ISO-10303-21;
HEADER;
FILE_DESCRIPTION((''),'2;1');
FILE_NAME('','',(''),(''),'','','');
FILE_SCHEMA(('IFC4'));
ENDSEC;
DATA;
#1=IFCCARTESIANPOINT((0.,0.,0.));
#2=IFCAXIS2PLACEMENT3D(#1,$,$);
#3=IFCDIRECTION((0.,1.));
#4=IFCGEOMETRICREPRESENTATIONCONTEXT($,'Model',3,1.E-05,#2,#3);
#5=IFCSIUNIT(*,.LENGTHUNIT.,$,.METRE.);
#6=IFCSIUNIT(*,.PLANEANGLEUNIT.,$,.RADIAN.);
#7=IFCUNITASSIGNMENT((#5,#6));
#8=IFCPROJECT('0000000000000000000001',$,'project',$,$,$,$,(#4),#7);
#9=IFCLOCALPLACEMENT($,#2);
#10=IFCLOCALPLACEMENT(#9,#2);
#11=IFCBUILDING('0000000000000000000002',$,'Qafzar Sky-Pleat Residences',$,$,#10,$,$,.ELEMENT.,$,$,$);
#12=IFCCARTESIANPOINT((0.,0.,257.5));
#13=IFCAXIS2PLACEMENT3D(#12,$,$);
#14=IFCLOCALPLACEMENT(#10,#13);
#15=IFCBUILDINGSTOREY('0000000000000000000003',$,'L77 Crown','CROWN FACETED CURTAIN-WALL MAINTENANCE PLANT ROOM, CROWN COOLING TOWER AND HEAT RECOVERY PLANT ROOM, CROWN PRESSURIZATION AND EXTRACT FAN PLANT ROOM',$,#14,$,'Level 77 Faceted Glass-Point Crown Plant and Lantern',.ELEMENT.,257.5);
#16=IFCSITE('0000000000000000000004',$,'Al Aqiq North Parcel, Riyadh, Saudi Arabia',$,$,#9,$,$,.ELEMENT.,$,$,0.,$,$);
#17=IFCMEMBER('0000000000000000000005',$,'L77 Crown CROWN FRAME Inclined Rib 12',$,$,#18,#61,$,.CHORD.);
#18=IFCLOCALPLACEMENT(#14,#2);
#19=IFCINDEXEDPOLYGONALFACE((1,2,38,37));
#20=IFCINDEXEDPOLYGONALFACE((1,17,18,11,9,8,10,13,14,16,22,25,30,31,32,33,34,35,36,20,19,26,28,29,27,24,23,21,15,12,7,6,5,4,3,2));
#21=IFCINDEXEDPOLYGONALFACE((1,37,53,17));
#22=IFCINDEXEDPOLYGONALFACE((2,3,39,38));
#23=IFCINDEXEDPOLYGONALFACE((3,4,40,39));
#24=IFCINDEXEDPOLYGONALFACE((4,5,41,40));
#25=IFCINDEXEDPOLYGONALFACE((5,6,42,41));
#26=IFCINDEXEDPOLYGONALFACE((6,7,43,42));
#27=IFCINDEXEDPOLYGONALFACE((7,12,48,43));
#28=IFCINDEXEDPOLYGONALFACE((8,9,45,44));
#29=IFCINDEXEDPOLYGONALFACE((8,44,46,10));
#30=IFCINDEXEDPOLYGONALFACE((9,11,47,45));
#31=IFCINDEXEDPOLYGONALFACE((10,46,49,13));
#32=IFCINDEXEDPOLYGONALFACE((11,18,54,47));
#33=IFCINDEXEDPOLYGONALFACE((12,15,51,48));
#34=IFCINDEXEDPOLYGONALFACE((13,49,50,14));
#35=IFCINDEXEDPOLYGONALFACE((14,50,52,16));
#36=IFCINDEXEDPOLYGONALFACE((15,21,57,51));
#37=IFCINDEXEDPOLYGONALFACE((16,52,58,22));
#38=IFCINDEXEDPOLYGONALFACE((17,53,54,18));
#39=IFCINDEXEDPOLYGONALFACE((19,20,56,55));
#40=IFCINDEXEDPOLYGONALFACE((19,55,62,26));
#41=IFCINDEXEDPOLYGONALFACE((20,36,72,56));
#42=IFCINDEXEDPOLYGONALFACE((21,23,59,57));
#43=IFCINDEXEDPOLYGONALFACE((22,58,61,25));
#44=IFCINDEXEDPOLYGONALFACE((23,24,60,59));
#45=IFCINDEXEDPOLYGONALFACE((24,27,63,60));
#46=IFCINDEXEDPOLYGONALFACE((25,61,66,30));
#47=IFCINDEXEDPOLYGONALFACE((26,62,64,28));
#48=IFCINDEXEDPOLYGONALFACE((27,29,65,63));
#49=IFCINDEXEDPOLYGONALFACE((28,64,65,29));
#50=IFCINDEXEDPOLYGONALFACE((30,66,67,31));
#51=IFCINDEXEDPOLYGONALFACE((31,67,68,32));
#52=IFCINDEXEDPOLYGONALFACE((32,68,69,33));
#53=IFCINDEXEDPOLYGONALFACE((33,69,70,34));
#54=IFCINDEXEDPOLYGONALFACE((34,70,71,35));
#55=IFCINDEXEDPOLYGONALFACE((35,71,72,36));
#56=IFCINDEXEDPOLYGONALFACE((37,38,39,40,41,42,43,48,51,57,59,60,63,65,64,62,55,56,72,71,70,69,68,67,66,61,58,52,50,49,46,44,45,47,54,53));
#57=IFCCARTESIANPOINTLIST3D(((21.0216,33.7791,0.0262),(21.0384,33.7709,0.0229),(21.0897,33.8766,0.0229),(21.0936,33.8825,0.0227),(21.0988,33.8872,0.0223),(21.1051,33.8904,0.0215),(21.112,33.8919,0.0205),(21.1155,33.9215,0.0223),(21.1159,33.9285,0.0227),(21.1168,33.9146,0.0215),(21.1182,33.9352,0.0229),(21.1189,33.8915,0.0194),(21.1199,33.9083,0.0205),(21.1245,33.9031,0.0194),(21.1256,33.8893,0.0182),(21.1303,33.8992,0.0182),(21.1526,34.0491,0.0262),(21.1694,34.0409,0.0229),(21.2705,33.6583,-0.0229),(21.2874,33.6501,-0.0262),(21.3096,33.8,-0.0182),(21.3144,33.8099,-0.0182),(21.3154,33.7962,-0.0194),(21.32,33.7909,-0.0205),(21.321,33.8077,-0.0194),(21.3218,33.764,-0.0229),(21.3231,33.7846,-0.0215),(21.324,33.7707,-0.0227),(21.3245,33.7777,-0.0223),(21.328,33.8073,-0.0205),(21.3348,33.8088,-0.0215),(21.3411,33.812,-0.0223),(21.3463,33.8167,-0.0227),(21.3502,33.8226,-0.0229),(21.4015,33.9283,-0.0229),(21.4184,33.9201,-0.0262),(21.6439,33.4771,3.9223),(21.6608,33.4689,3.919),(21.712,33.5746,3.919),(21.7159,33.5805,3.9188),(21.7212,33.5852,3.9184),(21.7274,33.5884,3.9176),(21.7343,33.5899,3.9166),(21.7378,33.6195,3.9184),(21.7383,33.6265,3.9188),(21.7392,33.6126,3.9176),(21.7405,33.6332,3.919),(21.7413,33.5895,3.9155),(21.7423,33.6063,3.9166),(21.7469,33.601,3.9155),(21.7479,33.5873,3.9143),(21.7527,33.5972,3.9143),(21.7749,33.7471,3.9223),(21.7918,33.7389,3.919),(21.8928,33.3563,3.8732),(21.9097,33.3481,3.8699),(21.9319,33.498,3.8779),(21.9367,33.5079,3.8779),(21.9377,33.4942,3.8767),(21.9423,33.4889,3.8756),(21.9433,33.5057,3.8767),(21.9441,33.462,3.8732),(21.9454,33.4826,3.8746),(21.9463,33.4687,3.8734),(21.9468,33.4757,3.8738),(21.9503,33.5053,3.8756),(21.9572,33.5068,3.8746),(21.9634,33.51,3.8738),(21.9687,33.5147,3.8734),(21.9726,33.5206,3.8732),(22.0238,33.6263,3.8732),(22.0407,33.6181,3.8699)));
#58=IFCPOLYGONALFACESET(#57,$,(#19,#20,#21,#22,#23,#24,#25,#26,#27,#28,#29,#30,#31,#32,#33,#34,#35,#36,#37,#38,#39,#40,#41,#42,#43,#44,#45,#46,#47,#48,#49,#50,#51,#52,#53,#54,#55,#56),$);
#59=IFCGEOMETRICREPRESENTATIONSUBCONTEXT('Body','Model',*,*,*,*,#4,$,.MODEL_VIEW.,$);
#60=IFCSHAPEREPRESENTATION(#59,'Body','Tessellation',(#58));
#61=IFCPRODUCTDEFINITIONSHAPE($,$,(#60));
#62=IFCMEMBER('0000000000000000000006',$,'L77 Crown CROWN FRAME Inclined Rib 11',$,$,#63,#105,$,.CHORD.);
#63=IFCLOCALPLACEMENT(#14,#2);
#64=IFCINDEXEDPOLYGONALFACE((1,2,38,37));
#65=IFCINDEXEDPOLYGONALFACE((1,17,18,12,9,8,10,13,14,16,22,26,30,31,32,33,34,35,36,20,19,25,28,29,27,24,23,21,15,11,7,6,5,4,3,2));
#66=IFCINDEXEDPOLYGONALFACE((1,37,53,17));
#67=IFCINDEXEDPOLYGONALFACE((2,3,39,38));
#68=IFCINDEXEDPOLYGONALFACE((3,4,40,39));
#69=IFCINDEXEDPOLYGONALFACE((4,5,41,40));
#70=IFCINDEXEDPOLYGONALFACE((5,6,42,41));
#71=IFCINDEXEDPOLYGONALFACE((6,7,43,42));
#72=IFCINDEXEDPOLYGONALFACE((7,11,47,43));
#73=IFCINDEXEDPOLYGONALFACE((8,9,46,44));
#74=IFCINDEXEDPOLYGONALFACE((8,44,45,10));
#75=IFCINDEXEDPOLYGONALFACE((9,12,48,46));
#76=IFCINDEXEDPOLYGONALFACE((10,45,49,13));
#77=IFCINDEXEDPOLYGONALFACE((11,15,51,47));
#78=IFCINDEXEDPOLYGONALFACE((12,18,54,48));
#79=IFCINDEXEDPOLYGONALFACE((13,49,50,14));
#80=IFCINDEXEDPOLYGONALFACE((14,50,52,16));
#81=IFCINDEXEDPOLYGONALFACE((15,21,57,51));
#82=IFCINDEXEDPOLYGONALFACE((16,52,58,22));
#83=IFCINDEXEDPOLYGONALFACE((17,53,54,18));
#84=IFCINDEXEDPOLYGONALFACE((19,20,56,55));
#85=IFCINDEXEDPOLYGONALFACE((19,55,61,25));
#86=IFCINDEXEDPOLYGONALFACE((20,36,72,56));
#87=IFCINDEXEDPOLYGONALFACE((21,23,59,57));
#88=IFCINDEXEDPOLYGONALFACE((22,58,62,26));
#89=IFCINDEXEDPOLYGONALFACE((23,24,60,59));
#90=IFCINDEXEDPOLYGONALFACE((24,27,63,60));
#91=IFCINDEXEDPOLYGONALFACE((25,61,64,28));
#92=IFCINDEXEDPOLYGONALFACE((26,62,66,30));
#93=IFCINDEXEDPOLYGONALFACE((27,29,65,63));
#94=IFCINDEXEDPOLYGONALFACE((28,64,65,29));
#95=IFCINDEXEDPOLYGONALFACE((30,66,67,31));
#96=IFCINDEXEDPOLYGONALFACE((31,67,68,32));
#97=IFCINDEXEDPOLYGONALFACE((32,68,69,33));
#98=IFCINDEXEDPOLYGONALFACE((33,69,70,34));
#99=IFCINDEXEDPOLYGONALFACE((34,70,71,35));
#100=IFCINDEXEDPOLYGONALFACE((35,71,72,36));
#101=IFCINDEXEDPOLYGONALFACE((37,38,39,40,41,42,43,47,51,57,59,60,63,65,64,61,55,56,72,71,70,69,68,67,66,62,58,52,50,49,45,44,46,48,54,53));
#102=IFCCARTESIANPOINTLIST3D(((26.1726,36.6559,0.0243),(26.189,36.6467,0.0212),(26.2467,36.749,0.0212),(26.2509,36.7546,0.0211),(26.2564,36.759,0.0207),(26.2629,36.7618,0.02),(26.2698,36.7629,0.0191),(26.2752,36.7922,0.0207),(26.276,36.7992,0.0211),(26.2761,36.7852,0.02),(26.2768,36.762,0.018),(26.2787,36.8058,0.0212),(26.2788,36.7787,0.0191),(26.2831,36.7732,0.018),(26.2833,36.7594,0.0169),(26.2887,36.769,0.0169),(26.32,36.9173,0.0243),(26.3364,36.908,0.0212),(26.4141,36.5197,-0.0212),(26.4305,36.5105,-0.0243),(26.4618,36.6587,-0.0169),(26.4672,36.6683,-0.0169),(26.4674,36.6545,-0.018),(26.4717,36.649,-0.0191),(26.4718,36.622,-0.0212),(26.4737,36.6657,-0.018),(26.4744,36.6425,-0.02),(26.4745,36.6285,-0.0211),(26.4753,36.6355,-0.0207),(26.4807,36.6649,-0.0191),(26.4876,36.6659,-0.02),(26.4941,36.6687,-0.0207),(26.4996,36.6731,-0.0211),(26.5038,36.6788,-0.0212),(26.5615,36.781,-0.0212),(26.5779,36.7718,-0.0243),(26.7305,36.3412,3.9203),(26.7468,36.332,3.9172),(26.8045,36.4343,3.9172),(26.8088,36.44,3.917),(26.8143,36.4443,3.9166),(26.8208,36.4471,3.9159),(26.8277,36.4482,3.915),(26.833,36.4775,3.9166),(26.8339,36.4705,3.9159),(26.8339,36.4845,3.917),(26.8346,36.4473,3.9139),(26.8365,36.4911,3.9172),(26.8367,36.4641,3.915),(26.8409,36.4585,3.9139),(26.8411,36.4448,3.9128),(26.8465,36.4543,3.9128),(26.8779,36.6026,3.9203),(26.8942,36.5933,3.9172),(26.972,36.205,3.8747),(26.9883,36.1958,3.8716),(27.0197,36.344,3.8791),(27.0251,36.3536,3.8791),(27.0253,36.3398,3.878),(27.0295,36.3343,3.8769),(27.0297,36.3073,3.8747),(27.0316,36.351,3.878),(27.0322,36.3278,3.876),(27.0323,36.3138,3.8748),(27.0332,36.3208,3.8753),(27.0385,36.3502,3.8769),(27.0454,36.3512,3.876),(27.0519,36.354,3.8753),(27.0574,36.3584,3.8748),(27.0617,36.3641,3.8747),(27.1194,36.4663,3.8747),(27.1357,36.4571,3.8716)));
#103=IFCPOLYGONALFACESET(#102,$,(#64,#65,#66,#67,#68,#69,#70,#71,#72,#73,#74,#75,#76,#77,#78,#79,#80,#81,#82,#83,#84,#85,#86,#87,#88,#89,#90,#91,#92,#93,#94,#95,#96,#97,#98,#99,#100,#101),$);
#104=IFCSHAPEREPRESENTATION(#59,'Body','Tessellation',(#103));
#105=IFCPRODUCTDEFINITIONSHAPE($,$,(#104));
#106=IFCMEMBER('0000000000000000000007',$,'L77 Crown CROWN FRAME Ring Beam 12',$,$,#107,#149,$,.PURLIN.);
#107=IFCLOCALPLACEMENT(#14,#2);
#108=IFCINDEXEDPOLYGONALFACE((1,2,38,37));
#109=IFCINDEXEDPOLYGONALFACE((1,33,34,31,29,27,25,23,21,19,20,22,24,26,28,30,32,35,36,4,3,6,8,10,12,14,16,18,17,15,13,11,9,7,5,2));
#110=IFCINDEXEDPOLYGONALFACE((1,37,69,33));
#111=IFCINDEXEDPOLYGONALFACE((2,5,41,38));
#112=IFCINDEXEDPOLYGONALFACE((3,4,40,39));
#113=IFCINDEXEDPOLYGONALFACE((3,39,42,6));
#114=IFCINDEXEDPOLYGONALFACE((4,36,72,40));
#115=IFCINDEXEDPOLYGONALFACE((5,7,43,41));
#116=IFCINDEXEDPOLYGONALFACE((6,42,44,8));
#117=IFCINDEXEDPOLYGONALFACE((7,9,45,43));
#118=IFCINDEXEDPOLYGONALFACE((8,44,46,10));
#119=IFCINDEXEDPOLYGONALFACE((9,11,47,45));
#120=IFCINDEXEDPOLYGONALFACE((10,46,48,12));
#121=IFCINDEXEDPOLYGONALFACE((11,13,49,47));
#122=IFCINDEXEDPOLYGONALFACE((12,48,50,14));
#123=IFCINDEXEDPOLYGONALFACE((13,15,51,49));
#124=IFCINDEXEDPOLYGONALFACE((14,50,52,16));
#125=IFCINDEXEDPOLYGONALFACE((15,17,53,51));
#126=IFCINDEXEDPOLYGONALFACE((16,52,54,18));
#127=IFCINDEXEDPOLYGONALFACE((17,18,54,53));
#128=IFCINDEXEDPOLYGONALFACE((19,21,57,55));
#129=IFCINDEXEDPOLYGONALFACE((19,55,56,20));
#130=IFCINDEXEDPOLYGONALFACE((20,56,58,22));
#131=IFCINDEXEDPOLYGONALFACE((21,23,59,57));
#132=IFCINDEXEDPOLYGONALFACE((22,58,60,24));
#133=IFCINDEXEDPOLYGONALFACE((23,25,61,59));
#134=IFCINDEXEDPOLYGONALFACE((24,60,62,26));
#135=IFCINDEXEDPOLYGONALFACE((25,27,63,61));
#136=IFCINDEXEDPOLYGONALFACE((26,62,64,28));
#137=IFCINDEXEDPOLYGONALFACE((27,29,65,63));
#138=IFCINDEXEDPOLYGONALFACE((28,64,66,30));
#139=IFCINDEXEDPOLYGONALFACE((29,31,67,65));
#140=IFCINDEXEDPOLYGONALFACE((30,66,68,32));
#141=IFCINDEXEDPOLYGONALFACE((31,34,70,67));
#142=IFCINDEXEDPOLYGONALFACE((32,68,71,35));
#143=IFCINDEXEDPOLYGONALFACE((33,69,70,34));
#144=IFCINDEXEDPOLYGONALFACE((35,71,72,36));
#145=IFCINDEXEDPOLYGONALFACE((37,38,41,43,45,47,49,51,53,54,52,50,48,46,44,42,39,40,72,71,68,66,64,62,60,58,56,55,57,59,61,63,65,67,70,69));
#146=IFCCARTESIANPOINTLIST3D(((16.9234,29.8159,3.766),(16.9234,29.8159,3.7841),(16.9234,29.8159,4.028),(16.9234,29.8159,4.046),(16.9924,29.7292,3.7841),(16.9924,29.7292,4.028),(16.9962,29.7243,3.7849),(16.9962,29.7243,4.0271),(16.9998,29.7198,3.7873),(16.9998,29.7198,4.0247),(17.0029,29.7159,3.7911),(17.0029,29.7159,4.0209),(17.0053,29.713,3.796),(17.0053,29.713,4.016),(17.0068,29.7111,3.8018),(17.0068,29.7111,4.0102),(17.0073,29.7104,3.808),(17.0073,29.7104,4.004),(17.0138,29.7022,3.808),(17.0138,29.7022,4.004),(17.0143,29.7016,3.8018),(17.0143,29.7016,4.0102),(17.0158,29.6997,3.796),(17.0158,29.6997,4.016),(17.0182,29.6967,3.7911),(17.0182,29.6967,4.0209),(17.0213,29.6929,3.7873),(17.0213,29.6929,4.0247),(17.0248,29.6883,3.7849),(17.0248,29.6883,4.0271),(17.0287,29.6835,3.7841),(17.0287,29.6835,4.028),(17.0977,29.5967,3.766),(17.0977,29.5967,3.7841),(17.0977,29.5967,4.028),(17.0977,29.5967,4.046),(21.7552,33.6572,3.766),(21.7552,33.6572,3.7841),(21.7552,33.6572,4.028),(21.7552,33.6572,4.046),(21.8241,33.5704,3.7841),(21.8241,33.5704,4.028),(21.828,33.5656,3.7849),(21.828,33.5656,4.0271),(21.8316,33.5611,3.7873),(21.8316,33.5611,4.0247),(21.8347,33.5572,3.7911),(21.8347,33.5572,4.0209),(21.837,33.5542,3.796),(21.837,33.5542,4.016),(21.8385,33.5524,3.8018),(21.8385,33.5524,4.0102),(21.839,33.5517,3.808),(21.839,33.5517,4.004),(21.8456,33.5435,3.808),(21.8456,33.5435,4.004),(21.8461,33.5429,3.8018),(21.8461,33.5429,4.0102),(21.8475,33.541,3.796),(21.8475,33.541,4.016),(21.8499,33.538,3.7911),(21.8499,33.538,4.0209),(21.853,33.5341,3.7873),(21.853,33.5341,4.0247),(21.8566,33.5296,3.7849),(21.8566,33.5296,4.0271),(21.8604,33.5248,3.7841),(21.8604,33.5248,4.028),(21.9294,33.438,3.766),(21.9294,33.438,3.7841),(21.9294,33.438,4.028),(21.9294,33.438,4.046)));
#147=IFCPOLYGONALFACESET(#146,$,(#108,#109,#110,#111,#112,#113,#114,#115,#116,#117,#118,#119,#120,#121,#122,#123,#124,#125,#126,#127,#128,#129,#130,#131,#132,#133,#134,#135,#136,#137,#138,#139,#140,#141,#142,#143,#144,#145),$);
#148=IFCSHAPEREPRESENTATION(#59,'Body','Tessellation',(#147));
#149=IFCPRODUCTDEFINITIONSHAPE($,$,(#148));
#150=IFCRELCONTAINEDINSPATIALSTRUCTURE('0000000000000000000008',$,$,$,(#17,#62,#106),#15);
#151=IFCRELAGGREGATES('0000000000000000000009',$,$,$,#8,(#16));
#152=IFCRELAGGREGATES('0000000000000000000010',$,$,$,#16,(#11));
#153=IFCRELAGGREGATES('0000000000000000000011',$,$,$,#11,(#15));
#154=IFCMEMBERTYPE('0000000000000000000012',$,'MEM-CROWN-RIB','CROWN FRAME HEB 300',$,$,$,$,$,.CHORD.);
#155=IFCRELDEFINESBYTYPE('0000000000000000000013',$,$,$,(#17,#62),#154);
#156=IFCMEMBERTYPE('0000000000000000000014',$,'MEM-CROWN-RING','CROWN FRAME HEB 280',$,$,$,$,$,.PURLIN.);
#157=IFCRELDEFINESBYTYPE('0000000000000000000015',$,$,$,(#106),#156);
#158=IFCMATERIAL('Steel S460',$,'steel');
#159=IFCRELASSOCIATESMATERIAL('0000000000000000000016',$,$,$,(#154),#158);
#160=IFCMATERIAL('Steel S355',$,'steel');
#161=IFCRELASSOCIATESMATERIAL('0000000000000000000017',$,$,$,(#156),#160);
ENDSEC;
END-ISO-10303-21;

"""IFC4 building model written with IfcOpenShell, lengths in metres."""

from ifc_helpers import new_model, si_unit, direction, frame, origin, origin_2d, place, context, subcontext, project, spatial, i_section, extrude, source, transform, mapped, material, material_profile, profile_set, type_object, element, save


model = new_model("IFC4")

# Units and contexts
model_context = context("Model", 3, precision=1e-05, world=origin(), true_north=direction((0.0, 1.0)))
body_context = subcontext(model_context, "Body", "Model", "MODEL_VIEW")
ifc_project = project(units=[si_unit("LENGTHUNIT", "METRE"), si_unit("PLANEANGLEUNIT", "RADIAN")], contexts=[model_context])

# Site, building, storey
site_placement = place(None, origin())
site = spatial("IfcSite", under=ifc_project, at=site_placement, Name="Al Aqiq North Parcel, Riyadh, Saudi Arabia", CompositionType="ELEMENT", RefElevation=0.0)
building_placement = place(site_placement, origin())
building = spatial("IfcBuilding", under=site, at=building_placement, Name="Qafzar Sky-Pleat Residences", CompositionType="ELEMENT")
storey_placement = place(building_placement, frame((0.0, 0.0, 257.5)))
storey = spatial("IfcBuildingStorey", under=building, at=storey_placement, Name="L77 Crown", Description="CROWN FACETED CURTAIN-WALL MAINTENANCE PLANT ROOM, CROWN COOLING TOWER AND HEAT RECOVERY PLANT ROOM, CROWN PRESSURIZATION AND EXTRACT FAN PLANT ROOM", LongName="Level 77 Faceted Glass-Point Crown Plant and Lantern", CompositionType="ELEMENT", Elevation=257.5)

# Members
ifc_material_1 = material(Name="Steel S460", Category="steel")
ifc_material_profile_1 = material_profile(ifc_material_1, i_section(OverallWidth=0.3, OverallDepth=0.3, WebThickness=0.011, FlangeThickness=0.019, FilletRadius=0.0271, at=origin_2d()), Name="HEB 300")
ifc_profile_set_1 = profile_set([ifc_material_profile_1], Name="Steel S460")
member_type_1 = type_object("IfcMemberType", Name="MEM-CROWN-RIB", Description="CROWN FRAME HEB 300", PredefinedType="CHORD", material=ifc_profile_set_1)
shared_shape_1 = source(origin(), body_context, "Body", "SweptSolid", [
    extrude(i_section(OverallWidth=0.3, OverallDepth=0.3, WebThickness=0.011, FlangeThickness=0.019, FilletRadius=0.0271, at=origin_2d()), origin(), (0.0, 0.0, 1.0), 3.957),
])
member_1_placement = place(storey_placement, frame((21.22, 33.8496, 0.0), z_axis=(0.157272, -0.076322, 0.984602), x_axis=(0.436594, 0.899659, 0.0)))
element("IfcMember", 1, at=member_1_placement, inside=storey, type_object=member_type_1, Name="L77 Crown CROWN FRAME Inclined Rib 12", PredefinedType="CHORD", context=body_context, shape_type="MappedRepresentation", body=[
    mapped(shared_shape_1, transform((0.0, 0.0, 0.0), x_axis=(1.0, 0.0, 0.0), y_axis=(0.0, 1.0, 0.0), z_axis=(0.0, 0.0, 1.0), scale=1.0)),
])
shared_shape_2 = source(origin(), body_context, "Body", "SweptSolid", [
    extrude(i_section(OverallWidth=0.3, OverallDepth=0.3, WebThickness=0.011, FlangeThickness=0.019, FilletRadius=0.0271, at=origin_2d()), origin(), (0.0, 0.0, 1.0), 3.9482),
])
member_2_placement = place(storey_placement, frame((26.3752, 36.7139, 0.0), z_axis=(0.141292, -0.079705, 0.986754), x_axis=(0.491329, 0.870974, 0.0)))
element("IfcMember", 2, at=member_2_placement, inside=storey, type_object=member_type_1, Name="L77 Crown CROWN FRAME Inclined Rib 11", PredefinedType="CHORD", context=body_context, shape_type="MappedRepresentation", body=[
    mapped(shared_shape_2, transform((0.0, 0.0, 0.0), x_axis=(1.0, 0.0, 0.0), y_axis=(0.0, 1.0, 0.0), z_axis=(0.0, 0.0, 1.0), scale=1.0)),
])
ifc_material_2 = material(Name="Steel S355", Category="steel")
ifc_material_profile_2 = material_profile(ifc_material_2, i_section(OverallWidth=0.28, OverallDepth=0.28, WebThickness=0.0105, FlangeThickness=0.0181, FilletRadius=0.0239, at=origin_2d()), Name="HEB 280")
ifc_profile_set_2 = profile_set([ifc_material_profile_2], Name="Steel S355")
member_type_2 = type_object("IfcMemberType", Name="MEM-CROWN-RING", Description="CROWN FRAME HEB 280", PredefinedType="PURLIN", material=ifc_profile_set_2)
shared_shape_3 = source(origin(), body_context, "Body", "SweptSolid", [
    extrude(i_section(OverallWidth=0.28, OverallDepth=0.28, WebThickness=0.0105, FlangeThickness=0.0181, FilletRadius=0.0239, at=origin_2d()), origin(), (0.0, 0.0, 1.0), 6.1726),
])
member_3_placement = place(storey_placement, frame((21.8423, 33.5476, 3.906), z_axis=(-0.782771, -0.622309, 0.0), x_axis=(0.622309, -0.782771, 0.0)))
element("IfcMember", 3, at=member_3_placement, inside=storey, type_object=member_type_2, Name="L77 Crown CROWN FRAME Ring Beam 12", PredefinedType="PURLIN", context=body_context, shape_type="MappedRepresentation", body=[
    mapped(shared_shape_3, transform((0.0, 0.0, 0.0), x_axis=(1.0, 0.0, 0.0), y_axis=(0.0, 1.0, 0.0), z_axis=(0.0, 0.0, 1.0), scale=1.0)),
])

save(model, "model.ifc")
